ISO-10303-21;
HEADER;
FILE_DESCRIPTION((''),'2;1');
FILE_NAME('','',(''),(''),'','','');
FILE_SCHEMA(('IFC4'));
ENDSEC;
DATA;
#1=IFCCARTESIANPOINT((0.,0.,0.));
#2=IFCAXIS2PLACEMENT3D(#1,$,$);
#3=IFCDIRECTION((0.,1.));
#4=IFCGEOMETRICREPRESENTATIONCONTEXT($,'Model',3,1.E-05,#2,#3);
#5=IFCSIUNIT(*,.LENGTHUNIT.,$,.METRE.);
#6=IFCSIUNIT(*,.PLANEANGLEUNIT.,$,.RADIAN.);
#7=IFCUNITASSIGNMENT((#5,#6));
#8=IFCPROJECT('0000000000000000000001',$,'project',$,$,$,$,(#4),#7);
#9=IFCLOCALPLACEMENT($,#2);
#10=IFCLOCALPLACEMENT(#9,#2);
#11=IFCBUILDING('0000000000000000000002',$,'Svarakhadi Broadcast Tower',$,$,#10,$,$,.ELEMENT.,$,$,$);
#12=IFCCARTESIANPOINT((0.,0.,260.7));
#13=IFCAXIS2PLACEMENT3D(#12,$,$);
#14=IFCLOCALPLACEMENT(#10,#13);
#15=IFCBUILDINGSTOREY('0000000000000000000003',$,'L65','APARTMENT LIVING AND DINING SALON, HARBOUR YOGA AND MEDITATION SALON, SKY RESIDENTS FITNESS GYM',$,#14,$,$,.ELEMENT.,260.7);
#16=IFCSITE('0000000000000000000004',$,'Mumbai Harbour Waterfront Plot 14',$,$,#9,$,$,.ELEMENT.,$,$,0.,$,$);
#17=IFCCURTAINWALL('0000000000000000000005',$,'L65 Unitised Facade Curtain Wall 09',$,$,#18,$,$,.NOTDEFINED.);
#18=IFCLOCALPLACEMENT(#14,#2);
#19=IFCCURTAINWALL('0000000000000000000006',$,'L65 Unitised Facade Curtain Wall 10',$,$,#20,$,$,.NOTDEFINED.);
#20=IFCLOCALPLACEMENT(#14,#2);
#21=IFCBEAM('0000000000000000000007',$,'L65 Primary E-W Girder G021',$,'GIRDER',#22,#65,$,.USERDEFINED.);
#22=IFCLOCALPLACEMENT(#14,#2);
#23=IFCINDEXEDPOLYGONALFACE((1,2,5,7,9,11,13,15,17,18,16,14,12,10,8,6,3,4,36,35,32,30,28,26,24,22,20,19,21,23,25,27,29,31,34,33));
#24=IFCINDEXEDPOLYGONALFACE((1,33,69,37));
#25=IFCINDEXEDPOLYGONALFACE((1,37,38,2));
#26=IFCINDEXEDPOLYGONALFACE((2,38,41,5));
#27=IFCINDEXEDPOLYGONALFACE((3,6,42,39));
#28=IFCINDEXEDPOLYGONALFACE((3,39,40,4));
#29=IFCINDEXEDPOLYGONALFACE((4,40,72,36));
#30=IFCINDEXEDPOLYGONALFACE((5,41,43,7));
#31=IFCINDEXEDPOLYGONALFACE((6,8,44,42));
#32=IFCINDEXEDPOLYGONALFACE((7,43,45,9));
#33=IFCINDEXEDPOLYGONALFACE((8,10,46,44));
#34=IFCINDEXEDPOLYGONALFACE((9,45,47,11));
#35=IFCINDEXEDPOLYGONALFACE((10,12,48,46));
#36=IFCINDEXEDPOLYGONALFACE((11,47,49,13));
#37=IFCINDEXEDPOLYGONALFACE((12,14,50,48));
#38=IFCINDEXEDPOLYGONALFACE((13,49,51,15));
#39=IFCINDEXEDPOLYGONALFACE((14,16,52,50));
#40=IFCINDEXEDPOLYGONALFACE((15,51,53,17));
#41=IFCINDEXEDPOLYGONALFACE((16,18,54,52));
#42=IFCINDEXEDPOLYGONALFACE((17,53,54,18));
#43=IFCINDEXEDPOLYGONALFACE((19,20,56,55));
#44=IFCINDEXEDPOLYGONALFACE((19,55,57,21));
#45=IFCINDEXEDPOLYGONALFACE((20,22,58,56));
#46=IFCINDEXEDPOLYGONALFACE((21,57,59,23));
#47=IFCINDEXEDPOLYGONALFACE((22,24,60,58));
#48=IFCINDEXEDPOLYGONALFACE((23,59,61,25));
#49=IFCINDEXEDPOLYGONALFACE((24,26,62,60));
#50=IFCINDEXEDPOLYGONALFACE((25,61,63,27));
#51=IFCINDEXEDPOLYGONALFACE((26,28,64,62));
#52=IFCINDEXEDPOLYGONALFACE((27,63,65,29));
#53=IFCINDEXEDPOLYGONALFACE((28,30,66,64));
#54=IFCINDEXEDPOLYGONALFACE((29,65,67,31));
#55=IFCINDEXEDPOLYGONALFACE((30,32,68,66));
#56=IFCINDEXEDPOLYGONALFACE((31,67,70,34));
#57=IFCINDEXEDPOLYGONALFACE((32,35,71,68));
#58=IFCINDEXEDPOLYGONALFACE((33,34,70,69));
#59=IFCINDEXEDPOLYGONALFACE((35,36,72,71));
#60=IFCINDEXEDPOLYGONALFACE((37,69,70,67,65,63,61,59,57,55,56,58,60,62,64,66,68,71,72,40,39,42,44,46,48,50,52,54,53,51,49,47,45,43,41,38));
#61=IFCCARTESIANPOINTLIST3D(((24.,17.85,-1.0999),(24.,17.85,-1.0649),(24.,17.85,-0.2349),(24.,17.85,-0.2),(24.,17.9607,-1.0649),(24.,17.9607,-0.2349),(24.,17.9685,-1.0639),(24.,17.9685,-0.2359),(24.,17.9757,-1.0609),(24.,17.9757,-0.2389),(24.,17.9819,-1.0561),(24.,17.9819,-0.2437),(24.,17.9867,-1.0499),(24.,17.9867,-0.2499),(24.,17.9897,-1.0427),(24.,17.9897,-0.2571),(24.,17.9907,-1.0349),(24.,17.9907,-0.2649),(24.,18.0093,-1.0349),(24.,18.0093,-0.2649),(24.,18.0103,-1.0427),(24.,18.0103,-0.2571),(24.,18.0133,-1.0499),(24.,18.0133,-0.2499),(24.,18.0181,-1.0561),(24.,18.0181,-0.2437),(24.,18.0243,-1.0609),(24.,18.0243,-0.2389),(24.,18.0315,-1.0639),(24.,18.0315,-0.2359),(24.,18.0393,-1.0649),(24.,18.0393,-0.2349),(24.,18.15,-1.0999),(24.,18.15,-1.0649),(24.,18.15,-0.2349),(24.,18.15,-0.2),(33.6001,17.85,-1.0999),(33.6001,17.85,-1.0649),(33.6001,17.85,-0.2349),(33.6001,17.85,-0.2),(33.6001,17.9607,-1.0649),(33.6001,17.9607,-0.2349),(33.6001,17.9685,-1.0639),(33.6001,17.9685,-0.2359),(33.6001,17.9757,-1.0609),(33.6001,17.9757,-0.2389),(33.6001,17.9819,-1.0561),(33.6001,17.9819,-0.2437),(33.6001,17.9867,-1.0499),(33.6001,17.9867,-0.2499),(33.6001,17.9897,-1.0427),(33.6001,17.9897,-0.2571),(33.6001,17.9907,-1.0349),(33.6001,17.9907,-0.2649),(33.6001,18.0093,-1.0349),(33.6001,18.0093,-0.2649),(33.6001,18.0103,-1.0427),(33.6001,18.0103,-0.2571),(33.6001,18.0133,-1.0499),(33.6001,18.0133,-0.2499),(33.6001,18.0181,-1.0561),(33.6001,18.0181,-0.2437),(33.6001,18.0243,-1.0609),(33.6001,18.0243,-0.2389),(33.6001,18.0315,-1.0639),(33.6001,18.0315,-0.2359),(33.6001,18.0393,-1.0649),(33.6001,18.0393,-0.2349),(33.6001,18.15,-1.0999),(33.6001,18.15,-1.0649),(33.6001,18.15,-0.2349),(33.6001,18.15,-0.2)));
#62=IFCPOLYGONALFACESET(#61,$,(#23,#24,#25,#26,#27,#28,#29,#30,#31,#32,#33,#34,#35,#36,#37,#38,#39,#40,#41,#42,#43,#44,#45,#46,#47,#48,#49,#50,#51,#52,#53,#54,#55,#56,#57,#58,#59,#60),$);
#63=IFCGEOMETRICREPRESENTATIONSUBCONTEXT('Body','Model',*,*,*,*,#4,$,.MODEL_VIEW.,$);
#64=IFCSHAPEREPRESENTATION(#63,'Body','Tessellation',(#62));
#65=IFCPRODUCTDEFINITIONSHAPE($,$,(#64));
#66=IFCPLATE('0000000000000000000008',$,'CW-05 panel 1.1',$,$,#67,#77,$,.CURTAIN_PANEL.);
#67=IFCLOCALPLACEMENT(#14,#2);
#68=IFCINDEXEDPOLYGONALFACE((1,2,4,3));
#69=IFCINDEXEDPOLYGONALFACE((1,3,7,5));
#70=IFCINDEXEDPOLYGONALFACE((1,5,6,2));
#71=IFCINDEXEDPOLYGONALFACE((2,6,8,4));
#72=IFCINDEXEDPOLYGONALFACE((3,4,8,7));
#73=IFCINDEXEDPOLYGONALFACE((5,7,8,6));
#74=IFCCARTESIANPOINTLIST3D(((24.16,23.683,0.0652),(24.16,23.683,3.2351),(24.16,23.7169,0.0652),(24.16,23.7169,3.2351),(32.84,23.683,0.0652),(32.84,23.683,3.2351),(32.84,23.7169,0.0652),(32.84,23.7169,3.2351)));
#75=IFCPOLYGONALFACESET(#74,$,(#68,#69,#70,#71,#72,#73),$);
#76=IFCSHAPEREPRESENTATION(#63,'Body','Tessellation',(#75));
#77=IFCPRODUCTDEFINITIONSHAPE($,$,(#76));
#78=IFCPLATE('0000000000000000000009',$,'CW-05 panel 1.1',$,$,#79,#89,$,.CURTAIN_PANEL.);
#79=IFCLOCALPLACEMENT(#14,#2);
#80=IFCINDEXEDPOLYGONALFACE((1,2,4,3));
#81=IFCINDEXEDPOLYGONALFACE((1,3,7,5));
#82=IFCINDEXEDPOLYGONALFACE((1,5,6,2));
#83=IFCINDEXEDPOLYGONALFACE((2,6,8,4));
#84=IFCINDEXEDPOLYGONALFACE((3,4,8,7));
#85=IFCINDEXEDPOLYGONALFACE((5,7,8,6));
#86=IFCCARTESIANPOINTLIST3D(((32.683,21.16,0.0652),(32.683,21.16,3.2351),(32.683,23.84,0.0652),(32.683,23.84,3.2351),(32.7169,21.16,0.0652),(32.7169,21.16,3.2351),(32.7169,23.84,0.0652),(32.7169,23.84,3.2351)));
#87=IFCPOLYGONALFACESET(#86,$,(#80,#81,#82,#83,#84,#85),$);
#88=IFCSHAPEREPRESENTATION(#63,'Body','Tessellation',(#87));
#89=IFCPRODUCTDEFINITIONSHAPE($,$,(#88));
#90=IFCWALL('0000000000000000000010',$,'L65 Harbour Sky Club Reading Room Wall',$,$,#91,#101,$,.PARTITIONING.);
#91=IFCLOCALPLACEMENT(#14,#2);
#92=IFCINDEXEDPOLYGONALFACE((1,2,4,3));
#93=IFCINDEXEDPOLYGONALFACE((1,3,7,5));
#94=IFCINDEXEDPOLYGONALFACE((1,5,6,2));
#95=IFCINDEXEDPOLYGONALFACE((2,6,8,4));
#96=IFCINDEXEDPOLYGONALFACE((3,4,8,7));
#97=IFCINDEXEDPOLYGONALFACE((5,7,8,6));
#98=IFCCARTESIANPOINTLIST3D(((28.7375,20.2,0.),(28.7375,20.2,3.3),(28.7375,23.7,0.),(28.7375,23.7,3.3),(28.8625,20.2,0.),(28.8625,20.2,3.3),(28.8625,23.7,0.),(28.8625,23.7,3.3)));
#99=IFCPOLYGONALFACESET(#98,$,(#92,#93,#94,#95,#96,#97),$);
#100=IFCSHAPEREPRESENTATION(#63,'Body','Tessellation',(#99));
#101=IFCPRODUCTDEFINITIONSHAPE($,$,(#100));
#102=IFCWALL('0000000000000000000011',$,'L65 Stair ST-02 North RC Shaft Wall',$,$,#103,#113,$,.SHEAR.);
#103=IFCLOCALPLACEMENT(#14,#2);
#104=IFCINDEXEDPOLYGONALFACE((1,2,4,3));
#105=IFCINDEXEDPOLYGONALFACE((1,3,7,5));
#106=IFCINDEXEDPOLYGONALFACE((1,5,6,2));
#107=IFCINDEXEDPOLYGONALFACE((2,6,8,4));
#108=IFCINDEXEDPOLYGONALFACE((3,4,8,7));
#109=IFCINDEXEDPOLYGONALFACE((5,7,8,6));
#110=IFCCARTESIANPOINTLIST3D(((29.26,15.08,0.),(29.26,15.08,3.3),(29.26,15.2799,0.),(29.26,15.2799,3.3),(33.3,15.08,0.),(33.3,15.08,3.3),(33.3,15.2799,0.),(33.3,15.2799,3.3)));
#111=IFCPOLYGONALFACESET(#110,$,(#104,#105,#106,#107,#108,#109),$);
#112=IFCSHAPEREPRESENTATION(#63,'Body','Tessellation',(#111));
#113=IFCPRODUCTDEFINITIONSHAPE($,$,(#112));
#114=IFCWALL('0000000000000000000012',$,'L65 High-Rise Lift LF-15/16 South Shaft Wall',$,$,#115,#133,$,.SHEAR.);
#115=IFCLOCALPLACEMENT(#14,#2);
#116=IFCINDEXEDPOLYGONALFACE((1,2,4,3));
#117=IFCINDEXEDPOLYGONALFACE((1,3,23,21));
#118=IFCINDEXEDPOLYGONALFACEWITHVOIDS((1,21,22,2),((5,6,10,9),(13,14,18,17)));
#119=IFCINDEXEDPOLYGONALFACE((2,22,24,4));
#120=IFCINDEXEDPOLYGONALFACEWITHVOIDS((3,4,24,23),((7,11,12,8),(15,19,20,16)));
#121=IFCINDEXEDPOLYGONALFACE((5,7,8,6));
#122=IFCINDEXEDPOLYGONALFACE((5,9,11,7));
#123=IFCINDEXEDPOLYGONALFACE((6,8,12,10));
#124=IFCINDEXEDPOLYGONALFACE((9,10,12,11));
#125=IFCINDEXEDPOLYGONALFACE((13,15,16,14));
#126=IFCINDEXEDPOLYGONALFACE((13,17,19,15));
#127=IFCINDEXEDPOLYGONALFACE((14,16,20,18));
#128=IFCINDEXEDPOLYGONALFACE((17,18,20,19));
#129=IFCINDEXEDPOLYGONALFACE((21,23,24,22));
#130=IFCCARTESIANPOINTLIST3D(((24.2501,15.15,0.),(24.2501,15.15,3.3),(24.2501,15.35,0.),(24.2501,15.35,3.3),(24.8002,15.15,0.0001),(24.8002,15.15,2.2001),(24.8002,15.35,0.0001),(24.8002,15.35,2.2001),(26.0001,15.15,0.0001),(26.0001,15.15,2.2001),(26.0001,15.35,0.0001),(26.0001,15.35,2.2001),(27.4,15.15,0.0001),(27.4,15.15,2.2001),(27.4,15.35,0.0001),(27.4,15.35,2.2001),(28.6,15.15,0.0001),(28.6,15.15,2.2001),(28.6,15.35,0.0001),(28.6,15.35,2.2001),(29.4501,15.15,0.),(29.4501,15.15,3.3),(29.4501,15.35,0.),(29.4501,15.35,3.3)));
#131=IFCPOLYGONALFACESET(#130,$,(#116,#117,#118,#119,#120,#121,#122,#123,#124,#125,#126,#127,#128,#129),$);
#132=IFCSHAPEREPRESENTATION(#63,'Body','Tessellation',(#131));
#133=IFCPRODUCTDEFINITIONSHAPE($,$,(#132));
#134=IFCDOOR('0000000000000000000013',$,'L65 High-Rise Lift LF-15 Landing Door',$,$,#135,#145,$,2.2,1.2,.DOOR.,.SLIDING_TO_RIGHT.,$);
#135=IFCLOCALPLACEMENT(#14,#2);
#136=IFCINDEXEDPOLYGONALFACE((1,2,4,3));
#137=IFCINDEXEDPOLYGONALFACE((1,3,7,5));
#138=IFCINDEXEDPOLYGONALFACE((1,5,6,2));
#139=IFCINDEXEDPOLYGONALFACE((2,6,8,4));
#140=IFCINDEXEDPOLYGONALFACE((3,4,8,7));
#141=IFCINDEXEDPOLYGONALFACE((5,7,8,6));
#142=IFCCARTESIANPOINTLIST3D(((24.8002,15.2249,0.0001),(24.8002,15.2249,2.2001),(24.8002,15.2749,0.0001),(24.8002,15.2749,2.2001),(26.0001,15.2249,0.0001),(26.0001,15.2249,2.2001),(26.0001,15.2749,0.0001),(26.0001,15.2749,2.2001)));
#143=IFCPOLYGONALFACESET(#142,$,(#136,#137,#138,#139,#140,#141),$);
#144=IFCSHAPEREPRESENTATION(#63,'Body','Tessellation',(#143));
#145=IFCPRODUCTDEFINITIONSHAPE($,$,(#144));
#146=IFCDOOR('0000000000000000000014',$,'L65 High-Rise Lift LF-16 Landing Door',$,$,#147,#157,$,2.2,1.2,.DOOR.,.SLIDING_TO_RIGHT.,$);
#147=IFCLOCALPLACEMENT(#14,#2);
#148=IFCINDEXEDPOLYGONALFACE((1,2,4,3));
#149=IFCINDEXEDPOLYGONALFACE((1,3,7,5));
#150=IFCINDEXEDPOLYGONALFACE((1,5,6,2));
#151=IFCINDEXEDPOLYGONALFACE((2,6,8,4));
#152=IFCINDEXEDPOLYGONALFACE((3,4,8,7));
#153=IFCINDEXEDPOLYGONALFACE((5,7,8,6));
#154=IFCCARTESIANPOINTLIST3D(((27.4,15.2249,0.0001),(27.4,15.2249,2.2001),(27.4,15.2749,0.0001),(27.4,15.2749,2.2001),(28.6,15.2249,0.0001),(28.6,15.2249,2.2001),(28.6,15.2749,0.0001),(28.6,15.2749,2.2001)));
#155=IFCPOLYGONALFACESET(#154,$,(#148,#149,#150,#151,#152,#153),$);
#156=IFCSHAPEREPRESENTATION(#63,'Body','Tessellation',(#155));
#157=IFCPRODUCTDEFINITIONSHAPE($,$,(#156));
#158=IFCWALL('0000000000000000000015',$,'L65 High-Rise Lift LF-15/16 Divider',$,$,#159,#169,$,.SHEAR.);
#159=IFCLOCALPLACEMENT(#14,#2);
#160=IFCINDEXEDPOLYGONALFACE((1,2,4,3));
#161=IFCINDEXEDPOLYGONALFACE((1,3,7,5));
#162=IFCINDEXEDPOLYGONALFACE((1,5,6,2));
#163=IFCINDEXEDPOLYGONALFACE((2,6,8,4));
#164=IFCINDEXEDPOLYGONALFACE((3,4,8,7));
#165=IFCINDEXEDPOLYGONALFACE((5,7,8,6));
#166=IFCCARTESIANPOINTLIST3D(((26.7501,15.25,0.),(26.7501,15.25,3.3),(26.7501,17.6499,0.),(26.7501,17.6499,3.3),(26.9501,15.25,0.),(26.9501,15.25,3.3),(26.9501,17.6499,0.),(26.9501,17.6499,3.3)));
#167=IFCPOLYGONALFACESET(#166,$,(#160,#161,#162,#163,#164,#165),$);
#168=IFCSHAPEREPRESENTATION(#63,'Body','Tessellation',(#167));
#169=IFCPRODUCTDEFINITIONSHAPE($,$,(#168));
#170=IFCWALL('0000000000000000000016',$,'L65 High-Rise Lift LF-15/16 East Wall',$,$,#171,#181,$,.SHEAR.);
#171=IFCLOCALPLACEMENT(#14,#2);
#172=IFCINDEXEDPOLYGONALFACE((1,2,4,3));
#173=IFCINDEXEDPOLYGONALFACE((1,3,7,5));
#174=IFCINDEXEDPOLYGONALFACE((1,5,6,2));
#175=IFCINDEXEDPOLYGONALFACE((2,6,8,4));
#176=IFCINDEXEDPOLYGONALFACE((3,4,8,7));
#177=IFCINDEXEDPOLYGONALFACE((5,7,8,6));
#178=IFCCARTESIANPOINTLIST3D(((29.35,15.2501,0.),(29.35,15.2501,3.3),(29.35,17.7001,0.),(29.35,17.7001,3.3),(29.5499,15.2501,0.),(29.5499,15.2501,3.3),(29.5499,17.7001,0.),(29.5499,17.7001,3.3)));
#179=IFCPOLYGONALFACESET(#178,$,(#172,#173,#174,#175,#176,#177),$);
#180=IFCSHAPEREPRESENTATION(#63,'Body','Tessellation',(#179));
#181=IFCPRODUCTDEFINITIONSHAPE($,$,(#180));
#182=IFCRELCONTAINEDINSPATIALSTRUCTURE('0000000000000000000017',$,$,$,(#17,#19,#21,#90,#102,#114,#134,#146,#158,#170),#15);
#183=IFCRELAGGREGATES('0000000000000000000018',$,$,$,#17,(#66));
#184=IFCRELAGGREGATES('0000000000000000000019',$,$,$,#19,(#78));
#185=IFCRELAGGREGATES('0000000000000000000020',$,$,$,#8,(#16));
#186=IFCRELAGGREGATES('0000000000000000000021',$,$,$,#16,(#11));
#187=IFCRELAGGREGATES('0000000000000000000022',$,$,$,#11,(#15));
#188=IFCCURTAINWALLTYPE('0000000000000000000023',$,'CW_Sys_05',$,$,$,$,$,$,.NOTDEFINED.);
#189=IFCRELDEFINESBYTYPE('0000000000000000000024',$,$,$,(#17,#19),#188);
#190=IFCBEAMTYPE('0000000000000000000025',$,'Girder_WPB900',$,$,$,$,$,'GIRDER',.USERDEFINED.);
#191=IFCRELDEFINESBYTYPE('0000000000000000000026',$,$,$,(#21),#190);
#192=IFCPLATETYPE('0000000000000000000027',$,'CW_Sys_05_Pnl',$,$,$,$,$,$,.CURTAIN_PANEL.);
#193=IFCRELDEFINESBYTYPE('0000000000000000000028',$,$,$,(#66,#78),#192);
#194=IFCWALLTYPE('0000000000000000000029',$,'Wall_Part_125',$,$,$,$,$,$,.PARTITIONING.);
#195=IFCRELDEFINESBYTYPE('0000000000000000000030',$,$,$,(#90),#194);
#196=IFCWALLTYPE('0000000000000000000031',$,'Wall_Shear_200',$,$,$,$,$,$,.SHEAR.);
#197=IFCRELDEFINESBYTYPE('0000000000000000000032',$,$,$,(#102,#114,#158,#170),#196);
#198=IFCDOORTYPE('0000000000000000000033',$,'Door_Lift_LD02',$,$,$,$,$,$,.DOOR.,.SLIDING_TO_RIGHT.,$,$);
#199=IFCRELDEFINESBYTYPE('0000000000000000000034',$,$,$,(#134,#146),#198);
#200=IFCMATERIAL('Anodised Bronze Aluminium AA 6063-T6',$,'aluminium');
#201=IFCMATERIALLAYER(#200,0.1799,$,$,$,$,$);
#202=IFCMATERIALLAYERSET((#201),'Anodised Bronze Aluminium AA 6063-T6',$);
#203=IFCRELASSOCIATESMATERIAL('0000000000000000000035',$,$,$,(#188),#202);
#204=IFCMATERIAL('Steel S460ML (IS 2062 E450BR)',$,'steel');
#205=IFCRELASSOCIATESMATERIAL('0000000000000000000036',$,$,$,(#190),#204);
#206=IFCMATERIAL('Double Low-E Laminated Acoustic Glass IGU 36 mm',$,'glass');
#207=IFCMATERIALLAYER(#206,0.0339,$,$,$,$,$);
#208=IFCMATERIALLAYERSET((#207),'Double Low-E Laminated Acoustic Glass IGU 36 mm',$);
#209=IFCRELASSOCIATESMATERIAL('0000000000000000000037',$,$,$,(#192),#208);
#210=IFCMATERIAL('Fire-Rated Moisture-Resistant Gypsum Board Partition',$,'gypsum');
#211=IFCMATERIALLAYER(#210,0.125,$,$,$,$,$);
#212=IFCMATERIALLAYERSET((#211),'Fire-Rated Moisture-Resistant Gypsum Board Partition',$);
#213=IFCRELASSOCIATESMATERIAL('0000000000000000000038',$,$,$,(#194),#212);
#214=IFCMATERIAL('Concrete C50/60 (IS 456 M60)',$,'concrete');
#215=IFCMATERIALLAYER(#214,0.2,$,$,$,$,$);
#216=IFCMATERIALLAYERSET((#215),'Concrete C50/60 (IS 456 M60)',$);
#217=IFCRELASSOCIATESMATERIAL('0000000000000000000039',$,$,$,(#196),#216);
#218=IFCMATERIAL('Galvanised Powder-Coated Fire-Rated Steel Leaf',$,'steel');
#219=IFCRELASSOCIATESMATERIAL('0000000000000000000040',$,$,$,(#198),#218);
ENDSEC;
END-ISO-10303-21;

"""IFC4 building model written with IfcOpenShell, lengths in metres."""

from ifc_helpers import new_model, si_unit, direction, frame, frame_2d, origin, origin_2d, place, context, subcontext, project, spatial, rectangle, i_section, extrude, material, layer, layer_set, material_profile, profile_set, type_object, element, fill, aggregate, save


model = new_model("IFC4")

# Units and contexts
model_context = context("Model", 3, precision=1e-05, world=origin(), true_north=direction((0.0, 1.0)))
body_context = subcontext(model_context, "Body", "Model", "MODEL_VIEW")
ifc_project = project(units=[si_unit("LENGTHUNIT", "METRE"), si_unit("PLANEANGLEUNIT", "RADIAN")], contexts=[model_context])

# Site, building, storey
site_placement = place(None, origin())
site = spatial("IfcSite", under=ifc_project, at=site_placement, Name="Mumbai Harbour Waterfront Plot 14", CompositionType="ELEMENT", RefElevation=0.0)
building_placement = place(site_placement, origin())
building = spatial("IfcBuilding", under=site, at=building_placement, Name="Svarakhadi Broadcast Tower", CompositionType="ELEMENT")
storey_placement = place(building_placement, frame((0.0, 0.0, 260.7)))
storey = spatial("IfcBuildingStorey", under=building, at=storey_placement, Name="L65", Description="APARTMENT LIVING AND DINING SALON, HARBOUR YOGA AND MEDITATION SALON, SKY RESIDENTS FITNESS GYM", CompositionType="ELEMENT", Elevation=260.7)

# Shared definitions
ifc_material_1 = material(Name="Concrete C50/60 (IS 456 M60)", Category="concrete")

# Curtain walls
ifc_material_2 = material(Name="Anodised Bronze Aluminium AA 6063-T6", Category="aluminium")
ifc_layer_1 = layer(ifc_material_2, 0.1799)
ifc_layer_set_1 = layer_set([ifc_layer_1], Name="Anodised Bronze Aluminium AA 6063-T6")
curtain_wall_type = type_object("IfcCurtainWallType", Name="CW_Sys_05", PredefinedType="NOTDEFINED", material=ifc_layer_set_1)
curtain_wall_1_placement = place(storey_placement, origin())
curtain_wall_1 = element("IfcCurtainWall", 1, at=curtain_wall_1_placement, inside=storey, type_object=curtain_wall_type, Name="L65 Unitised Facade Curtain Wall 09", PredefinedType="NOTDEFINED")
curtain_wall_2_placement = place(storey_placement, origin())
curtain_wall_2 = element("IfcCurtainWall", 2, at=curtain_wall_2_placement, inside=storey, type_object=curtain_wall_type, Name="L65 Unitised Facade Curtain Wall 10", PredefinedType="NOTDEFINED")

# Beam
ifc_material_3 = material(Name="Steel S460ML (IS 2062 E450BR)", Category="steel")
ifc_material_profile_1 = material_profile(ifc_material_3, i_section(OverallWidth=0.3, OverallDepth=0.8999, WebThickness=0.0186, FlangeThickness=0.0349, FilletRadius=0.03, at=origin_2d()), Name="WPB 900x300x291")
ifc_profile_set_1 = profile_set([ifc_material_profile_1], Name="Steel S460ML (IS 2062 E450BR)")
beam_type = type_object("IfcBeamType", Name="Girder_WPB900", ElementType="GIRDER", PredefinedType="USERDEFINED", material=ifc_profile_set_1)
beam_placement = place(storey_placement, frame((24.0, 18.0, -0.6499), z_axis=(1.0, 0.0, 0.0), x_axis=(0.0, 1.0, 0.0)))
element("IfcBeam", 3, at=beam_placement, inside=storey, type_object=beam_type, Name="L65 Primary E-W Girder G021", ObjectType="GIRDER", PredefinedType="USERDEFINED", context=body_context, shape_type="SweptSolid", body=[
    extrude(i_section(OverallWidth=0.3, OverallDepth=0.8999, WebThickness=0.0186, FlangeThickness=0.0349, FilletRadius=0.03, at=origin_2d()), origin(), (0.0, 0.0, 1.0), 9.6001),
])

# Plates
ifc_material_4 = material(Name="Double Low-E Laminated Acoustic Glass IGU 36 mm", Category="glass")
ifc_layer_2 = layer(ifc_material_4, 0.0339)
ifc_layer_set_2 = layer_set([ifc_layer_2], Name="Double Low-E Laminated Acoustic Glass IGU 36 mm")
plate_type = type_object("IfcPlateType", Name="CW_Sys_05_Pnl", PredefinedType="CURTAIN_PANEL", material=ifc_layer_set_2)
plate_1_placement = place(storey_placement, frame((28.5, 23.7, 0.0652), z_axis=(0.0, 0.0, 1.0), x_axis=(1.0, 0.0, 0.0)))
plate_1 = element("IfcPlate", 4, at=plate_1_placement, type_object=plate_type, Name="CW-05 panel 1.1", PredefinedType="CURTAIN_PANEL", context=body_context, shape_type="SweptSolid", body=[
    extrude(rectangle(XDim=8.6799, YDim=0.0339, at=origin_2d()), origin(), (0.0, 0.0, 1.0), 3.1699),
])
aggregate(curtain_wall_1, [plate_1])
plate_2_placement = place(storey_placement, frame((32.7, 22.5, 0.0652), z_axis=(0.0, 0.0, 1.0), x_axis=(0.0, -1.0, 0.0)))
plate_2 = element("IfcPlate", 5, at=plate_2_placement, type_object=plate_type, Name="CW-05 panel 1.1", PredefinedType="CURTAIN_PANEL", context=body_context, shape_type="SweptSolid", body=[
    extrude(rectangle(XDim=2.6799, YDim=0.0339, at=origin_2d()), origin(), (0.0, 0.0, 1.0), 3.1699),
])
aggregate(curtain_wall_2, [plate_2])

# Wall
ifc_material_5 = material(Name="Fire-Rated Moisture-Resistant Gypsum Board Partition", Category="gypsum")
ifc_layer_3 = layer(ifc_material_5, 0.125)
ifc_layer_set_3 = layer_set([ifc_layer_3], Name="Fire-Rated Moisture-Resistant Gypsum Board Partition")
wall_type_1 = type_object("IfcWallType", Name="Wall_Part_125", PredefinedType="PARTITIONING", material=ifc_layer_set_3)
wall_1_placement = place(storey_placement, frame((28.8, 20.2, 0.0), z_axis=(0.0, 0.0, 1.0), x_axis=(0.0, 1.0, 0.0)))
element("IfcWall", 6, at=wall_1_placement, inside=storey, type_object=wall_type_1, Name="L65 Harbour Sky Club Reading Room Wall", PredefinedType="PARTITIONING", context=body_context, shape_type="SweptSolid", body=[
    extrude(rectangle(XDim=3.5, YDim=0.125, at=frame_2d((1.75, 0.0))), origin(), (0.0, 0.0, 1.0), 3.3),
])

# Shared definitions
ifc_material_6 = material(Name="Galvanised Powder-Coated Fire-Rated Steel Leaf", Category="steel")

# Wall
ifc_layer_4 = layer(ifc_material_1, 0.2)
ifc_layer_set_4 = layer_set([ifc_layer_4], Name="Concrete C50/60 (IS 456 M60)")
wall_type_2 = type_object("IfcWallType", Name="Wall_Shear_200", PredefinedType="SHEAR", material=ifc_layer_set_4)
wall_2_placement = place(storey_placement, frame((29.26, 15.1799, 0.0), z_axis=(0.0, 0.0, 1.0), x_axis=(1.0, 0.0, 0.0)))
element("IfcWall", 7, at=wall_2_placement, inside=storey, type_object=wall_type_2, Name="L65 Stair ST-02 North RC Shaft Wall", PredefinedType="SHEAR", context=body_context, shape_type="SweptSolid", body=[
    extrude(rectangle(XDim=4.04, YDim=0.2, at=frame_2d((2.02, 0.0))), origin(), (0.0, 0.0, 1.0), 3.3),
])

# Wall, openings, doors
wall_3_placement = place(storey_placement, frame((24.25, 15.25, 0.0), z_axis=(0.0, 0.0, 1.0), x_axis=(1.0, 0.0, 0.0)))
wall_3 = element("IfcWall", 8, at=wall_3_placement, inside=storey, type_object=wall_type_2, Name="L65 High-Rise Lift LF-15/16 South Shaft Wall", PredefinedType="SHEAR", context=body_context, shape_type="SweptSolid", body=[
    extrude(rectangle(XDim=5.2, YDim=0.2, at=frame_2d((2.6001, 0.0))), origin(), (0.0, 0.0, 1.0), 3.3),
])
opening_1_placement = place(wall_3_placement, frame((0.55, 0.0, 0.0)))
opening_1 = element("IfcOpeningElement", 9, at=opening_1_placement, cuts=wall_3, PredefinedType="OPENING", context=body_context, shape_type="SweptSolid", body=[
    extrude(rectangle(XDim=1.2, YDim=2.2, at=frame_2d((0.6001, 1.1001))), frame((0.0, 0.1099, 0.0), z_axis=(0.0, -1.0, 0.0), x_axis=(1.0, 0.0, 0.0)), (0.0, 0.0, 1.0), 0.22),
])
opening_2_placement = place(wall_3_placement, frame((3.1499, 0.0, 0.0)))
opening_2 = element("IfcOpeningElement", 10, at=opening_2_placement, cuts=wall_3, PredefinedType="OPENING", context=body_context, shape_type="SweptSolid", body=[
    extrude(rectangle(XDim=1.2, YDim=2.2, at=frame_2d((0.6001, 1.1001))), frame((0.0, 0.1099, 0.0), z_axis=(0.0, -1.0, 0.0), x_axis=(1.0, 0.0, 0.0)), (0.0, 0.0, 1.0), 0.22),
])
door_type_1 = type_object("IfcDoorType", Name="Door_Lift_LD02", OperationType="SLIDING_TO_RIGHT", PredefinedType="DOOR", material=ifc_material_6)
door_1_placement = place(opening_1_placement, origin())
door_1 = element("IfcDoor", 11, at=door_1_placement, inside=storey, type_object=door_type_1, Name="L65 High-Rise Lift LF-15 Landing Door", OperationType="SLIDING_TO_RIGHT", OverallHeight=2.2, OverallWidth=1.2, PredefinedType="DOOR", context=body_context, shape_type="SweptSolid", body=[
    extrude(rectangle(XDim=1.2, YDim=2.2, at=frame_2d((0.6001, 1.1001))), frame((0.0, 0.0249, 0.0), z_axis=(0.0, -1.0, 0.0), x_axis=(1.0, 0.0, 0.0)), (0.0, 0.0, 1.0), 0.05),
])
fill(opening_1, door_1)
door_2_placement = place(opening_2_placement, origin())
door_2 = element("IfcDoor", 12, at=door_2_placement, inside=storey, type_object=door_type_1, Name="L65 High-Rise Lift LF-16 Landing Door", OperationType="SLIDING_TO_RIGHT", OverallHeight=2.2, OverallWidth=1.2, PredefinedType="DOOR", context=body_context, shape_type="SweptSolid", body=[
    extrude(rectangle(XDim=1.2, YDim=2.2, at=frame_2d((0.6001, 1.1001))), frame((0.0, 0.0249, 0.0), z_axis=(0.0, -1.0, 0.0), x_axis=(1.0, 0.0, 0.0)), (0.0, 0.0, 1.0), 0.05),
])
fill(opening_2, door_2)

# Walls
wall_4_placement = place(storey_placement, frame((26.8501, 15.25, 0.0), z_axis=(0.0, 0.0, 1.0), x_axis=(0.0, 1.0, 0.0)))
element("IfcWall", 13, at=wall_4_placement, inside=storey, type_object=wall_type_2, Name="L65 High-Rise Lift LF-15/16 Divider", PredefinedType="SHEAR", context=body_context, shape_type="SweptSolid", body=[
    extrude(rectangle(XDim=2.3999, YDim=0.2, at=frame_2d((1.2, 0.0))), origin(), (0.0, 0.0, 1.0), 3.3),
])
wall_5_placement = place(storey_placement, frame((29.45, 15.25, 0.0), z_axis=(0.0, 0.0, 1.0), x_axis=(0.0, 1.0, 0.0)))
element("IfcWall", 14, at=wall_5_placement, inside=storey, type_object=wall_type_2, Name="L65 High-Rise Lift LF-15/16 East Wall", PredefinedType="SHEAR", context=body_context, shape_type="SweptSolid", body=[
    extrude(rectangle(XDim=2.45, YDim=0.2, at=frame_2d((1.2251, 0.0))), origin(), (0.0, 0.0, 1.0), 3.3),
])

save(model, "model.ifc")
